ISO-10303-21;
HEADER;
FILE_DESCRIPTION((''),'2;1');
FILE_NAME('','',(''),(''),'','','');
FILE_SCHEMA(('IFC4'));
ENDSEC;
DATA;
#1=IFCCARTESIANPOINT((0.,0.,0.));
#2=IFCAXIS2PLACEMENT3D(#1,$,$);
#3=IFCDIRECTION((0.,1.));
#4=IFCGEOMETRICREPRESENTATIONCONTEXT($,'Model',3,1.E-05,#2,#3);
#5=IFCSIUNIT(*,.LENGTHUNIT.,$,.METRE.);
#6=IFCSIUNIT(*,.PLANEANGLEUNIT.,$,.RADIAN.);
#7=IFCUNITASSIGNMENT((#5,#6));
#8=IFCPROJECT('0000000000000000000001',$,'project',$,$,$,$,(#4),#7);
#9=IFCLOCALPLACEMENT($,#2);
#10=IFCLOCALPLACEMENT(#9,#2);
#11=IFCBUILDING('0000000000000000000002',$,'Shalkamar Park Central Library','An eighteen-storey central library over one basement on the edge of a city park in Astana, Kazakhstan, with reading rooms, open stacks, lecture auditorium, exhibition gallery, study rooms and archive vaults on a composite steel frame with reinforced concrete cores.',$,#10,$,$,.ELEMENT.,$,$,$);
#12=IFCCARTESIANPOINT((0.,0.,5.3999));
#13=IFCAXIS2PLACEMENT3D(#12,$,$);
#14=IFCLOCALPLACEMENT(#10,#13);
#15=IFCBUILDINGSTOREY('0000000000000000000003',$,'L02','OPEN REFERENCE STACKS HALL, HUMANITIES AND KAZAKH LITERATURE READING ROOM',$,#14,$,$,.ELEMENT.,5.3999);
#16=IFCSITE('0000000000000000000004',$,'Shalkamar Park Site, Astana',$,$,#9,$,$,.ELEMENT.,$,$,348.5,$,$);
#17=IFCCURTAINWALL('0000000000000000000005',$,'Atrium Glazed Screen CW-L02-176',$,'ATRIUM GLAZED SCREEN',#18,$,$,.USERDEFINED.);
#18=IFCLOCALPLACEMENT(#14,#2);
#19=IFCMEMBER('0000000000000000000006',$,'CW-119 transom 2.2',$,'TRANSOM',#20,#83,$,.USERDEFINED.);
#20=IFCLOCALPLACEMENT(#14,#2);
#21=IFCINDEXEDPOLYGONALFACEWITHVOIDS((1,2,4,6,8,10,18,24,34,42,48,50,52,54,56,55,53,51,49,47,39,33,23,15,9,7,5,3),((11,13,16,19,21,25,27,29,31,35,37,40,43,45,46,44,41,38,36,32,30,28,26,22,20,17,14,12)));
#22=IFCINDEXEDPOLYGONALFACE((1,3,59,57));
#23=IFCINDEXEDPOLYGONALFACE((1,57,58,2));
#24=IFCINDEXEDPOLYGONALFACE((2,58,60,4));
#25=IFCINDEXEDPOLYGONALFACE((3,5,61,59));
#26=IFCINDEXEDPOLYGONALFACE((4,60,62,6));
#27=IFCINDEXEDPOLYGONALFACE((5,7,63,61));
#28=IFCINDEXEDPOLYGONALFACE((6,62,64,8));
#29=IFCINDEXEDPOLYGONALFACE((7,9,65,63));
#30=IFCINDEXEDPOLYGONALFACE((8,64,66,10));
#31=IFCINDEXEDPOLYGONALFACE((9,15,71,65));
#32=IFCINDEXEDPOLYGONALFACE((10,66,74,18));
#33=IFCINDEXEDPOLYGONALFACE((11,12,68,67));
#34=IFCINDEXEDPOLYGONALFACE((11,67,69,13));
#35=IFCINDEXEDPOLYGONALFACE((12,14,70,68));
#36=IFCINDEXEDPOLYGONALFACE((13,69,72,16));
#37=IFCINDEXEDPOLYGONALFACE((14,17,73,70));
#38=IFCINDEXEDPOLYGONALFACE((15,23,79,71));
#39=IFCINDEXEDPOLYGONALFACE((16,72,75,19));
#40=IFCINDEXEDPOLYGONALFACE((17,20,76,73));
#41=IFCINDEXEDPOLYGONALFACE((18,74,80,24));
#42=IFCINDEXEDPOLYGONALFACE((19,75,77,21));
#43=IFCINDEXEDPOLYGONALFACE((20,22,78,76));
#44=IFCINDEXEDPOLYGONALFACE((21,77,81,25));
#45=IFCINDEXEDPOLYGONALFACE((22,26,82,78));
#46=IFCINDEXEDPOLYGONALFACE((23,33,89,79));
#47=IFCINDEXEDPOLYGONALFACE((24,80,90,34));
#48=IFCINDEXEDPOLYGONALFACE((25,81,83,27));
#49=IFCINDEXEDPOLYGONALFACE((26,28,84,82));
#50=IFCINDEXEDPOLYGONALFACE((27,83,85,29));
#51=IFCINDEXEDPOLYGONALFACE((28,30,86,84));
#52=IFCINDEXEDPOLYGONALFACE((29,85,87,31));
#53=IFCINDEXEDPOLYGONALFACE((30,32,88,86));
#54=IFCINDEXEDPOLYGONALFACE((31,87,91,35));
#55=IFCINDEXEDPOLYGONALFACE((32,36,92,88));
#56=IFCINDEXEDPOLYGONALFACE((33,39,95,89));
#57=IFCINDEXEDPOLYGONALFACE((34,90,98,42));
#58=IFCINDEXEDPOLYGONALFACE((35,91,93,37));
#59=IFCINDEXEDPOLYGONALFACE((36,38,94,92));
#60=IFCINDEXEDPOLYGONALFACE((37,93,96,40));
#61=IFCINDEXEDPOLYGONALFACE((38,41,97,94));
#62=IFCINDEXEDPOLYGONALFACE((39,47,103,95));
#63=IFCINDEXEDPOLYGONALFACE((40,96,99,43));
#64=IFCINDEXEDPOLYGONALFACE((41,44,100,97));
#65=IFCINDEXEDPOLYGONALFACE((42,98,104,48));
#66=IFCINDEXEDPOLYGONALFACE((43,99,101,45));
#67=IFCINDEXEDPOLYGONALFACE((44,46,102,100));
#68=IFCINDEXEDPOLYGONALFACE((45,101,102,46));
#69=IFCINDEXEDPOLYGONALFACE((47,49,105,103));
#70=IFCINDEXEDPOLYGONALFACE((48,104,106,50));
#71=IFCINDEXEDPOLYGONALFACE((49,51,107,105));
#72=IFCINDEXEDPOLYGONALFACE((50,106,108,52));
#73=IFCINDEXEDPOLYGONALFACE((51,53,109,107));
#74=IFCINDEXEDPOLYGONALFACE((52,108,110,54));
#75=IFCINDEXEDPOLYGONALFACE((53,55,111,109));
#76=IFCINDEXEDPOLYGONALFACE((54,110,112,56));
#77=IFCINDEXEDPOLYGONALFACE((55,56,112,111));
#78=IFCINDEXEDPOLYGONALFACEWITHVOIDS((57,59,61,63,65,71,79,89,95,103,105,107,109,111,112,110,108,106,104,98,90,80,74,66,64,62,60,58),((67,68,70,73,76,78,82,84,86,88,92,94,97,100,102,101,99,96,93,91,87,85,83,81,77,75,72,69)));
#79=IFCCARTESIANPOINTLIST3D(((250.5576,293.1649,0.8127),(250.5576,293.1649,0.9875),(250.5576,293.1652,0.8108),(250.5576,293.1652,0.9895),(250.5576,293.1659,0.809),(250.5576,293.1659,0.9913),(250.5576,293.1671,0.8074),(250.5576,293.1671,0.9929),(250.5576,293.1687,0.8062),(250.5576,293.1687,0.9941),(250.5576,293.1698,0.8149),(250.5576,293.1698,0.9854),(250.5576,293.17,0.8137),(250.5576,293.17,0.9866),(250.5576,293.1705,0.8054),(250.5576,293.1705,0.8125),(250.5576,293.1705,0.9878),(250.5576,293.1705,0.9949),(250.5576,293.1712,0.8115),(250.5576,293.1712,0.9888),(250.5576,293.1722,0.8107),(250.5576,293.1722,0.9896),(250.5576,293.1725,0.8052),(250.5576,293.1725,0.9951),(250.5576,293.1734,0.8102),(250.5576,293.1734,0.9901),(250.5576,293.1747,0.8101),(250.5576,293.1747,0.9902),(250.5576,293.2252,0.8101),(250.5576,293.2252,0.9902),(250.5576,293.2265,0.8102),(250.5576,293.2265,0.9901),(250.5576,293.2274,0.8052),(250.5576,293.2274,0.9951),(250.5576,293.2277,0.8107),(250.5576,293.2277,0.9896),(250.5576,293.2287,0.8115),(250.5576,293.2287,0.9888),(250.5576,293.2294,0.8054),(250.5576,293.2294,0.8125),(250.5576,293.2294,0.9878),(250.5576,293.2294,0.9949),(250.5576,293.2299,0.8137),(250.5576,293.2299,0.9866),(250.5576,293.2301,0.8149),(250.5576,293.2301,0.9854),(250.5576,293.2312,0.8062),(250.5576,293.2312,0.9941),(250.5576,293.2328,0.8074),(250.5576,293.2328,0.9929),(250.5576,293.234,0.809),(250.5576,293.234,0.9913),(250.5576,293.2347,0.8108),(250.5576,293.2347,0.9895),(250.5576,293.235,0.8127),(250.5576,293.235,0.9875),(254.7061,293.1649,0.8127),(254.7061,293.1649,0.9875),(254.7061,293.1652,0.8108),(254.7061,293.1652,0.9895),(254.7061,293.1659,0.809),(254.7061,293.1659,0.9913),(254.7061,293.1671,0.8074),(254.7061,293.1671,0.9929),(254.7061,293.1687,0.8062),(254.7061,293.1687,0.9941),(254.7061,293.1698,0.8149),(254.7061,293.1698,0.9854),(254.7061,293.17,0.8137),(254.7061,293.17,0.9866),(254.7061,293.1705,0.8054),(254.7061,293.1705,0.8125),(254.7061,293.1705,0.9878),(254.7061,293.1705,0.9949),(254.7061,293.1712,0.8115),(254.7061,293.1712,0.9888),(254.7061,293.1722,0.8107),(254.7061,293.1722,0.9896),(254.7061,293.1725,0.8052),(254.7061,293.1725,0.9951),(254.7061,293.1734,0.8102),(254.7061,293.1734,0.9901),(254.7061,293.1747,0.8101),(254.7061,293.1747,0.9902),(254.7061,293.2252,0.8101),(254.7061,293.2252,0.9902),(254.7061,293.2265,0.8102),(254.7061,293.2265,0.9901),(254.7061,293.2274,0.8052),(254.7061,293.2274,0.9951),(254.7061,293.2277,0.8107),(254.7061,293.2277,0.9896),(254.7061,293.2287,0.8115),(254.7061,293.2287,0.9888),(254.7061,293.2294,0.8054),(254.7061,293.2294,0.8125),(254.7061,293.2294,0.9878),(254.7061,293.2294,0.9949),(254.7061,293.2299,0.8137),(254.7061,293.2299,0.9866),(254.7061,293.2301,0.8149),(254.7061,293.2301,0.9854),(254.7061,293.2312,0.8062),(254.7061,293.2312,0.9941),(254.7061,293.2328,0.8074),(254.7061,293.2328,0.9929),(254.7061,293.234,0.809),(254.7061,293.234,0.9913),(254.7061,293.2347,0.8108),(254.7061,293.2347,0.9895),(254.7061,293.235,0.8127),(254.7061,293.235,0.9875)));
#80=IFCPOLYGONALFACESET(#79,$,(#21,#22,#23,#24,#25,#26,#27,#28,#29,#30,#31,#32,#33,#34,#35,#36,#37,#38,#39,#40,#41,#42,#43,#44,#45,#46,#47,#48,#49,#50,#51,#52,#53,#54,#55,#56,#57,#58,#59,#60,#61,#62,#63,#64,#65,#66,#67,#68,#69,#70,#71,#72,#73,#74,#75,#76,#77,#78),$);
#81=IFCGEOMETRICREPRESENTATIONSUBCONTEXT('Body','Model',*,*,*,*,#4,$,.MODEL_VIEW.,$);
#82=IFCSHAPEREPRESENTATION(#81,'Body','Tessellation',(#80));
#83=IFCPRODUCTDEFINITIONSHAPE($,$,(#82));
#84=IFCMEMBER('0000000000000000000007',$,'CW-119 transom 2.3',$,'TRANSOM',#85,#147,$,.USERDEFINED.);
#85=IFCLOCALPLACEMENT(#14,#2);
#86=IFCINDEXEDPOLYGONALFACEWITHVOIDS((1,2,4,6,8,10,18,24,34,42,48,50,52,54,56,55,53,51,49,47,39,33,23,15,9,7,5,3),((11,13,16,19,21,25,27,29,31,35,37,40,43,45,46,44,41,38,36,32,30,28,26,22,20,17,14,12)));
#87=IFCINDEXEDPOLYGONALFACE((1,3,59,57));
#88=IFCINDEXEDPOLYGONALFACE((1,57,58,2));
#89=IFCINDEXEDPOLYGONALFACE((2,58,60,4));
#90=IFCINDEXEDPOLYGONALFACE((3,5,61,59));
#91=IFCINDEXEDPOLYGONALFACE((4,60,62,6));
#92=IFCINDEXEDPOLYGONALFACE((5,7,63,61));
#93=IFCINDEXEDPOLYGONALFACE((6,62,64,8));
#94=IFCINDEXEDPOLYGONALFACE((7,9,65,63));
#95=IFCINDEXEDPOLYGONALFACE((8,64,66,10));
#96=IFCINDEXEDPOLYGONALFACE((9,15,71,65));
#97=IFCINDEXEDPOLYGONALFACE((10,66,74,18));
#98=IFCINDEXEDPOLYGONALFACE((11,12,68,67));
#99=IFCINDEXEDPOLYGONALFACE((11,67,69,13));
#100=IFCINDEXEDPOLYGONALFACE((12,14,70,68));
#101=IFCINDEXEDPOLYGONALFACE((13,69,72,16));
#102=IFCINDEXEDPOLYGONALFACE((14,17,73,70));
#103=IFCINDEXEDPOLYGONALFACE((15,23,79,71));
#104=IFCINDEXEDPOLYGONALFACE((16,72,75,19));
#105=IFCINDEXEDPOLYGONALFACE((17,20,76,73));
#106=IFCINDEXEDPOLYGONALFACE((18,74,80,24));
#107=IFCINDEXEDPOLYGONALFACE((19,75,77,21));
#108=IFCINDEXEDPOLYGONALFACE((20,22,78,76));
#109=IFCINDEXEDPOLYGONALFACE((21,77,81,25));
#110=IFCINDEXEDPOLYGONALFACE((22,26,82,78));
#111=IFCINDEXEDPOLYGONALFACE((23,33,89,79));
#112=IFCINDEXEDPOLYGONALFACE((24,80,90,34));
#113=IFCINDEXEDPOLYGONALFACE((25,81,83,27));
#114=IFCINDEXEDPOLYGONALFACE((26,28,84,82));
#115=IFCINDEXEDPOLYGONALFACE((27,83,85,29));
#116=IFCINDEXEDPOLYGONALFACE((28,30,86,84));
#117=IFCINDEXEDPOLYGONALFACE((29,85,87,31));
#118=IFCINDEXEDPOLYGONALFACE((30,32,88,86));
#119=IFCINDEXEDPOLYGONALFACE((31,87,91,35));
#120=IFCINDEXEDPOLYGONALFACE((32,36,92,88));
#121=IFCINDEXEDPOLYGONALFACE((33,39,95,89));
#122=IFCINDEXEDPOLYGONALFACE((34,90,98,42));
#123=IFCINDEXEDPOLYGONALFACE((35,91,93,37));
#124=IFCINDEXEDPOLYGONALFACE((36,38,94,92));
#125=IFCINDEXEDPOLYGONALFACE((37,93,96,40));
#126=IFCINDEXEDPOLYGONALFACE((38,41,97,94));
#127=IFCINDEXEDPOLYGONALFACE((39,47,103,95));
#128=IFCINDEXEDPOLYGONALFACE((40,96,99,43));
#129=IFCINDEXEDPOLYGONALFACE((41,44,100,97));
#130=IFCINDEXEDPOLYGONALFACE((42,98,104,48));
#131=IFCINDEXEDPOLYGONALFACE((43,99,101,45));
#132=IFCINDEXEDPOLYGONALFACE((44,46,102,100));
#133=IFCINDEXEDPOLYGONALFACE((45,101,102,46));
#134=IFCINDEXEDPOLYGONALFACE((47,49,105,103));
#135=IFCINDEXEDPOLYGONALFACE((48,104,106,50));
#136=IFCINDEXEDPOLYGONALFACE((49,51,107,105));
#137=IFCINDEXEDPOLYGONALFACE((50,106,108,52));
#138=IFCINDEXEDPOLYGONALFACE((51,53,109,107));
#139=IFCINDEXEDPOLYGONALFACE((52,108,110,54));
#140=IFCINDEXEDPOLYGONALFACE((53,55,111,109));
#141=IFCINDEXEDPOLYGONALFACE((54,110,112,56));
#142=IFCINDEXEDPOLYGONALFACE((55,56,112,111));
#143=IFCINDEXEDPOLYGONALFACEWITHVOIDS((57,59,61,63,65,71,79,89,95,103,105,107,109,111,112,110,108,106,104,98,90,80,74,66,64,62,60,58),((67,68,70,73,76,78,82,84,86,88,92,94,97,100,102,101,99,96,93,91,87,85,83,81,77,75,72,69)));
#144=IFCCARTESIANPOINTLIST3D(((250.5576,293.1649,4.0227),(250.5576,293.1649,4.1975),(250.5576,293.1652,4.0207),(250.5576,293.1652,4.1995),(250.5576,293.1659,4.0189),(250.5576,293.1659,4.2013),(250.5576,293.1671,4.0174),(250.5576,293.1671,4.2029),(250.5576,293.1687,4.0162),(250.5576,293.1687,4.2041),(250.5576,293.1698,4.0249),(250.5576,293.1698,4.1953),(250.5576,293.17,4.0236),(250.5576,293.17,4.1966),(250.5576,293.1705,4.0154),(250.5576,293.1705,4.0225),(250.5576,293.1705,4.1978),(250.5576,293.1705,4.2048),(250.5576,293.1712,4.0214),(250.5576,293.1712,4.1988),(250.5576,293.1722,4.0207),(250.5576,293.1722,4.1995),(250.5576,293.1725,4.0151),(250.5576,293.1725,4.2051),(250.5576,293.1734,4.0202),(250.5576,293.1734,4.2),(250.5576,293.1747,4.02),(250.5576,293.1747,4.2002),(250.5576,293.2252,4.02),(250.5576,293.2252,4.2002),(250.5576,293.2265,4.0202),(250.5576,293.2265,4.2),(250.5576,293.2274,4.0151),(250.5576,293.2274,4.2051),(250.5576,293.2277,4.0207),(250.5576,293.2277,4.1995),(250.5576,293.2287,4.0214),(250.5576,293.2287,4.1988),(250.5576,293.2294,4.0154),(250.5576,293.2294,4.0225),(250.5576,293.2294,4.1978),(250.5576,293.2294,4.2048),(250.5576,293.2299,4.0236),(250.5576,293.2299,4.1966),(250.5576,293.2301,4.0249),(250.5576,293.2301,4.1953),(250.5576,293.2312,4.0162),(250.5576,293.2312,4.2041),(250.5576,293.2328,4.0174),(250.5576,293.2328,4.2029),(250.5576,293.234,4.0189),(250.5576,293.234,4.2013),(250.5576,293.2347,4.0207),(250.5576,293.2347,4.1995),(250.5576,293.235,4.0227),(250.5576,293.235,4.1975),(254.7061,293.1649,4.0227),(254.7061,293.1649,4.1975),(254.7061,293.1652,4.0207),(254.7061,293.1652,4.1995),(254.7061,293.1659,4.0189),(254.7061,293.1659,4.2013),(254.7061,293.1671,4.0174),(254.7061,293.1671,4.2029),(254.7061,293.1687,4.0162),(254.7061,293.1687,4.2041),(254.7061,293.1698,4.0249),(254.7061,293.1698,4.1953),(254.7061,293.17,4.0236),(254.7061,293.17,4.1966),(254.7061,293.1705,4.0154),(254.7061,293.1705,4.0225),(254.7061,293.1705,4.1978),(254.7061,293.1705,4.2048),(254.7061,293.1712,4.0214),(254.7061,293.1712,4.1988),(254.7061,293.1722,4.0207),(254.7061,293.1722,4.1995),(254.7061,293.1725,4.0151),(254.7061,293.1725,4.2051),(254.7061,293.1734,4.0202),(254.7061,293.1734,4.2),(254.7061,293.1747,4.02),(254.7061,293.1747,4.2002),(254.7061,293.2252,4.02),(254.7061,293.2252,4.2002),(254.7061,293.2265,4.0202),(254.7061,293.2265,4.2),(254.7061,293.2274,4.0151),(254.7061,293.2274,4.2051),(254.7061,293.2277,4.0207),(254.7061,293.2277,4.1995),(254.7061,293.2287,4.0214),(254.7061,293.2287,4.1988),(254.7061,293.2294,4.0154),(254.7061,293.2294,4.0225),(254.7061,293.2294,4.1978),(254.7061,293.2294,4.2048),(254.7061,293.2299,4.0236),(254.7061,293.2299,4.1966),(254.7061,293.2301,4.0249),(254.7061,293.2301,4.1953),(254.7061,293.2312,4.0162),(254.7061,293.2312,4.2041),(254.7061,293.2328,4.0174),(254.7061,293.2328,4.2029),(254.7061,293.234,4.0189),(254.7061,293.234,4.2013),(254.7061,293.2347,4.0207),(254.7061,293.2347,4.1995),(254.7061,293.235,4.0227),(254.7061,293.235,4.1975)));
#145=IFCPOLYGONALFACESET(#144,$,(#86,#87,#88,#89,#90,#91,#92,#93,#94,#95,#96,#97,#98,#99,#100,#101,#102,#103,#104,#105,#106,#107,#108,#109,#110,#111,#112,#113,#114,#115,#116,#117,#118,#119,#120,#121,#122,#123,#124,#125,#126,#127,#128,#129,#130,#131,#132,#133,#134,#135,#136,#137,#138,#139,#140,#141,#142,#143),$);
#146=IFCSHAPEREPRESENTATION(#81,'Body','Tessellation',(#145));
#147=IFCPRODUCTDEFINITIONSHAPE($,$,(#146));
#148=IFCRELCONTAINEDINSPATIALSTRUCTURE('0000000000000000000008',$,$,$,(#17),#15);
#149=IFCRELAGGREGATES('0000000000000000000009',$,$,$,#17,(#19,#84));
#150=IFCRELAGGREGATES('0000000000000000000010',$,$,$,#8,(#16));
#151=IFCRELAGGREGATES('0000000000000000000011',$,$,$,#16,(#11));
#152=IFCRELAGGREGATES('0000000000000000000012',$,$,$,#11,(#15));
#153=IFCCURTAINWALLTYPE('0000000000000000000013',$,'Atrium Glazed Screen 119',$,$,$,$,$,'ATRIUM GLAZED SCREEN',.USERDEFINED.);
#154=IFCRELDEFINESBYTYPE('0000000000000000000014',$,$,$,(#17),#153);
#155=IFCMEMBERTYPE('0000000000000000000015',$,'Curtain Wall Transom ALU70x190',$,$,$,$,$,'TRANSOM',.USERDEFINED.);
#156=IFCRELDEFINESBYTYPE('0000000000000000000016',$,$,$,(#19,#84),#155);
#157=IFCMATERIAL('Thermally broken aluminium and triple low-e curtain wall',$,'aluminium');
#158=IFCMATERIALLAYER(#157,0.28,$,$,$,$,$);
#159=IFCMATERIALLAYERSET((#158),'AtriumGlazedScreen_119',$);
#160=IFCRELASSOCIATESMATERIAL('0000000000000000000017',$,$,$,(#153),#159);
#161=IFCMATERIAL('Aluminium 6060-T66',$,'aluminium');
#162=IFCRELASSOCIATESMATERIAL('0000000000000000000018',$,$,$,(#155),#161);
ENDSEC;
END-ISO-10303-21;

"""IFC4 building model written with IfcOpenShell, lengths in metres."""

from ifc_helpers import new_model, si_unit, direction, frame, origin, origin_2d, place, context, subcontext, project, spatial, hollow_rectangle, extrude, material, layer, layer_set, material_profile, profile_set, type_object, element, aggregate, save


model = new_model("IFC4")

# Units and contexts
model_context = context("Model", 3, precision=1e-05, world=origin(), true_north=direction((0.0, 1.0)))
body_context = subcontext(model_context, "Body", "Model", "MODEL_VIEW")
ifc_project = project(units=[si_unit("LENGTHUNIT", "METRE"), si_unit("PLANEANGLEUNIT", "RADIAN")], contexts=[model_context])

# Site, building, storey
site_placement = place(None, origin())
site = spatial("IfcSite", under=ifc_project, at=site_placement, Name="Shalkamar Park Site, Astana", CompositionType="ELEMENT", RefElevation=348.5)
building_placement = place(site_placement, origin())
building = spatial("IfcBuilding", under=site, at=building_placement, Name="Shalkamar Park Central Library", Description="An eighteen-storey central library over one basement on the edge of a city park in Astana, Kazakhstan, with reading rooms, open stacks, lecture auditorium, exhibition gallery, study rooms and archive vaults on a composite steel frame with reinforced concrete cores.", CompositionType="ELEMENT")
storey_placement = place(building_placement, frame((0.0, 0.0, 5.3999)))
storey = spatial("IfcBuildingStorey", under=building, at=storey_placement, Name="L02", Description="OPEN REFERENCE STACKS HALL, HUMANITIES AND KAZAKH LITERATURE READING ROOM", CompositionType="ELEMENT", Elevation=5.3999)

# Curtain wall, members
ifc_material_1 = material(Name="Thermally broken aluminium and triple low-e curtain wall", Category="aluminium")
ifc_layer_1 = layer(ifc_material_1, 0.28)
ifc_layer_set_1 = layer_set([ifc_layer_1], Name="AtriumGlazedScreen_119")
curtain_wall_type = type_object("IfcCurtainWallType", Name="Atrium Glazed Screen 119", ElementType="ATRIUM GLAZED SCREEN", PredefinedType="USERDEFINED", material=ifc_layer_set_1)
curtain_wall_placement = place(storey_placement, origin())
curtain_wall = element("IfcCurtainWall", 1, at=curtain_wall_placement, inside=storey, type_object=curtain_wall_type, Name="Atrium Glazed Screen CW-L02-176", ObjectType="ATRIUM GLAZED SCREEN", PredefinedType="USERDEFINED")
ifc_material_2 = material(Name="Aluminium 6060-T66", Category="aluminium")
ifc_material_profile_1 = material_profile(ifc_material_2, hollow_rectangle(XDim=0.0701, YDim=0.1899, WallThickness=0.0049, InnerFilletRadius=0.0049, OuterFilletRadius=0.0076, at=origin_2d()), Name="ALU 70x190x5")
ifc_profile_set_1 = profile_set([ifc_material_profile_1], Name="Aluminium 6060-T66")
member_type_1 = type_object("IfcMemberType", Name="Curtain Wall Transom ALU70x190", ElementType="TRANSOM", PredefinedType="USERDEFINED", material=ifc_profile_set_1)
member_1_placement = place(storey_placement, frame((250.5576, 293.2, 0.9001), z_axis=(1.0, 0.0, 0.0), x_axis=(0.0, 1.0, 0.0)))
member_1 = element("IfcMember", 2, at=member_1_placement, type_object=member_type_1, Name="CW-119 transom 2.2", ObjectType="TRANSOM", PredefinedType="USERDEFINED", context=body_context, shape_type="SweptSolid", body=[
    extrude(hollow_rectangle(XDim=0.0701, YDim=0.1899, WallThickness=0.0049, InnerFilletRadius=0.0049, OuterFilletRadius=0.0076, at=origin_2d()), origin(), (0.0, 0.0, 1.0), 4.1484),
])
member_2_placement = place(storey_placement, frame((250.5576, 293.2, 4.1101), z_axis=(1.0, 0.0, 0.0), x_axis=(0.0, 1.0, 0.0)))
member_2 = element("IfcMember", 3, at=member_2_placement, type_object=member_type_1, Name="CW-119 transom 2.3", ObjectType="TRANSOM", PredefinedType="USERDEFINED", context=body_context, shape_type="SweptSolid", body=[
    extrude(hollow_rectangle(XDim=0.0701, YDim=0.1899, WallThickness=0.0049, InnerFilletRadius=0.0049, OuterFilletRadius=0.0076, at=origin_2d()), origin(), (0.0, 0.0, 1.0), 4.1484),
])

aggregate(curtain_wall, [member_1, member_2])

save(model, "model.ifc")
